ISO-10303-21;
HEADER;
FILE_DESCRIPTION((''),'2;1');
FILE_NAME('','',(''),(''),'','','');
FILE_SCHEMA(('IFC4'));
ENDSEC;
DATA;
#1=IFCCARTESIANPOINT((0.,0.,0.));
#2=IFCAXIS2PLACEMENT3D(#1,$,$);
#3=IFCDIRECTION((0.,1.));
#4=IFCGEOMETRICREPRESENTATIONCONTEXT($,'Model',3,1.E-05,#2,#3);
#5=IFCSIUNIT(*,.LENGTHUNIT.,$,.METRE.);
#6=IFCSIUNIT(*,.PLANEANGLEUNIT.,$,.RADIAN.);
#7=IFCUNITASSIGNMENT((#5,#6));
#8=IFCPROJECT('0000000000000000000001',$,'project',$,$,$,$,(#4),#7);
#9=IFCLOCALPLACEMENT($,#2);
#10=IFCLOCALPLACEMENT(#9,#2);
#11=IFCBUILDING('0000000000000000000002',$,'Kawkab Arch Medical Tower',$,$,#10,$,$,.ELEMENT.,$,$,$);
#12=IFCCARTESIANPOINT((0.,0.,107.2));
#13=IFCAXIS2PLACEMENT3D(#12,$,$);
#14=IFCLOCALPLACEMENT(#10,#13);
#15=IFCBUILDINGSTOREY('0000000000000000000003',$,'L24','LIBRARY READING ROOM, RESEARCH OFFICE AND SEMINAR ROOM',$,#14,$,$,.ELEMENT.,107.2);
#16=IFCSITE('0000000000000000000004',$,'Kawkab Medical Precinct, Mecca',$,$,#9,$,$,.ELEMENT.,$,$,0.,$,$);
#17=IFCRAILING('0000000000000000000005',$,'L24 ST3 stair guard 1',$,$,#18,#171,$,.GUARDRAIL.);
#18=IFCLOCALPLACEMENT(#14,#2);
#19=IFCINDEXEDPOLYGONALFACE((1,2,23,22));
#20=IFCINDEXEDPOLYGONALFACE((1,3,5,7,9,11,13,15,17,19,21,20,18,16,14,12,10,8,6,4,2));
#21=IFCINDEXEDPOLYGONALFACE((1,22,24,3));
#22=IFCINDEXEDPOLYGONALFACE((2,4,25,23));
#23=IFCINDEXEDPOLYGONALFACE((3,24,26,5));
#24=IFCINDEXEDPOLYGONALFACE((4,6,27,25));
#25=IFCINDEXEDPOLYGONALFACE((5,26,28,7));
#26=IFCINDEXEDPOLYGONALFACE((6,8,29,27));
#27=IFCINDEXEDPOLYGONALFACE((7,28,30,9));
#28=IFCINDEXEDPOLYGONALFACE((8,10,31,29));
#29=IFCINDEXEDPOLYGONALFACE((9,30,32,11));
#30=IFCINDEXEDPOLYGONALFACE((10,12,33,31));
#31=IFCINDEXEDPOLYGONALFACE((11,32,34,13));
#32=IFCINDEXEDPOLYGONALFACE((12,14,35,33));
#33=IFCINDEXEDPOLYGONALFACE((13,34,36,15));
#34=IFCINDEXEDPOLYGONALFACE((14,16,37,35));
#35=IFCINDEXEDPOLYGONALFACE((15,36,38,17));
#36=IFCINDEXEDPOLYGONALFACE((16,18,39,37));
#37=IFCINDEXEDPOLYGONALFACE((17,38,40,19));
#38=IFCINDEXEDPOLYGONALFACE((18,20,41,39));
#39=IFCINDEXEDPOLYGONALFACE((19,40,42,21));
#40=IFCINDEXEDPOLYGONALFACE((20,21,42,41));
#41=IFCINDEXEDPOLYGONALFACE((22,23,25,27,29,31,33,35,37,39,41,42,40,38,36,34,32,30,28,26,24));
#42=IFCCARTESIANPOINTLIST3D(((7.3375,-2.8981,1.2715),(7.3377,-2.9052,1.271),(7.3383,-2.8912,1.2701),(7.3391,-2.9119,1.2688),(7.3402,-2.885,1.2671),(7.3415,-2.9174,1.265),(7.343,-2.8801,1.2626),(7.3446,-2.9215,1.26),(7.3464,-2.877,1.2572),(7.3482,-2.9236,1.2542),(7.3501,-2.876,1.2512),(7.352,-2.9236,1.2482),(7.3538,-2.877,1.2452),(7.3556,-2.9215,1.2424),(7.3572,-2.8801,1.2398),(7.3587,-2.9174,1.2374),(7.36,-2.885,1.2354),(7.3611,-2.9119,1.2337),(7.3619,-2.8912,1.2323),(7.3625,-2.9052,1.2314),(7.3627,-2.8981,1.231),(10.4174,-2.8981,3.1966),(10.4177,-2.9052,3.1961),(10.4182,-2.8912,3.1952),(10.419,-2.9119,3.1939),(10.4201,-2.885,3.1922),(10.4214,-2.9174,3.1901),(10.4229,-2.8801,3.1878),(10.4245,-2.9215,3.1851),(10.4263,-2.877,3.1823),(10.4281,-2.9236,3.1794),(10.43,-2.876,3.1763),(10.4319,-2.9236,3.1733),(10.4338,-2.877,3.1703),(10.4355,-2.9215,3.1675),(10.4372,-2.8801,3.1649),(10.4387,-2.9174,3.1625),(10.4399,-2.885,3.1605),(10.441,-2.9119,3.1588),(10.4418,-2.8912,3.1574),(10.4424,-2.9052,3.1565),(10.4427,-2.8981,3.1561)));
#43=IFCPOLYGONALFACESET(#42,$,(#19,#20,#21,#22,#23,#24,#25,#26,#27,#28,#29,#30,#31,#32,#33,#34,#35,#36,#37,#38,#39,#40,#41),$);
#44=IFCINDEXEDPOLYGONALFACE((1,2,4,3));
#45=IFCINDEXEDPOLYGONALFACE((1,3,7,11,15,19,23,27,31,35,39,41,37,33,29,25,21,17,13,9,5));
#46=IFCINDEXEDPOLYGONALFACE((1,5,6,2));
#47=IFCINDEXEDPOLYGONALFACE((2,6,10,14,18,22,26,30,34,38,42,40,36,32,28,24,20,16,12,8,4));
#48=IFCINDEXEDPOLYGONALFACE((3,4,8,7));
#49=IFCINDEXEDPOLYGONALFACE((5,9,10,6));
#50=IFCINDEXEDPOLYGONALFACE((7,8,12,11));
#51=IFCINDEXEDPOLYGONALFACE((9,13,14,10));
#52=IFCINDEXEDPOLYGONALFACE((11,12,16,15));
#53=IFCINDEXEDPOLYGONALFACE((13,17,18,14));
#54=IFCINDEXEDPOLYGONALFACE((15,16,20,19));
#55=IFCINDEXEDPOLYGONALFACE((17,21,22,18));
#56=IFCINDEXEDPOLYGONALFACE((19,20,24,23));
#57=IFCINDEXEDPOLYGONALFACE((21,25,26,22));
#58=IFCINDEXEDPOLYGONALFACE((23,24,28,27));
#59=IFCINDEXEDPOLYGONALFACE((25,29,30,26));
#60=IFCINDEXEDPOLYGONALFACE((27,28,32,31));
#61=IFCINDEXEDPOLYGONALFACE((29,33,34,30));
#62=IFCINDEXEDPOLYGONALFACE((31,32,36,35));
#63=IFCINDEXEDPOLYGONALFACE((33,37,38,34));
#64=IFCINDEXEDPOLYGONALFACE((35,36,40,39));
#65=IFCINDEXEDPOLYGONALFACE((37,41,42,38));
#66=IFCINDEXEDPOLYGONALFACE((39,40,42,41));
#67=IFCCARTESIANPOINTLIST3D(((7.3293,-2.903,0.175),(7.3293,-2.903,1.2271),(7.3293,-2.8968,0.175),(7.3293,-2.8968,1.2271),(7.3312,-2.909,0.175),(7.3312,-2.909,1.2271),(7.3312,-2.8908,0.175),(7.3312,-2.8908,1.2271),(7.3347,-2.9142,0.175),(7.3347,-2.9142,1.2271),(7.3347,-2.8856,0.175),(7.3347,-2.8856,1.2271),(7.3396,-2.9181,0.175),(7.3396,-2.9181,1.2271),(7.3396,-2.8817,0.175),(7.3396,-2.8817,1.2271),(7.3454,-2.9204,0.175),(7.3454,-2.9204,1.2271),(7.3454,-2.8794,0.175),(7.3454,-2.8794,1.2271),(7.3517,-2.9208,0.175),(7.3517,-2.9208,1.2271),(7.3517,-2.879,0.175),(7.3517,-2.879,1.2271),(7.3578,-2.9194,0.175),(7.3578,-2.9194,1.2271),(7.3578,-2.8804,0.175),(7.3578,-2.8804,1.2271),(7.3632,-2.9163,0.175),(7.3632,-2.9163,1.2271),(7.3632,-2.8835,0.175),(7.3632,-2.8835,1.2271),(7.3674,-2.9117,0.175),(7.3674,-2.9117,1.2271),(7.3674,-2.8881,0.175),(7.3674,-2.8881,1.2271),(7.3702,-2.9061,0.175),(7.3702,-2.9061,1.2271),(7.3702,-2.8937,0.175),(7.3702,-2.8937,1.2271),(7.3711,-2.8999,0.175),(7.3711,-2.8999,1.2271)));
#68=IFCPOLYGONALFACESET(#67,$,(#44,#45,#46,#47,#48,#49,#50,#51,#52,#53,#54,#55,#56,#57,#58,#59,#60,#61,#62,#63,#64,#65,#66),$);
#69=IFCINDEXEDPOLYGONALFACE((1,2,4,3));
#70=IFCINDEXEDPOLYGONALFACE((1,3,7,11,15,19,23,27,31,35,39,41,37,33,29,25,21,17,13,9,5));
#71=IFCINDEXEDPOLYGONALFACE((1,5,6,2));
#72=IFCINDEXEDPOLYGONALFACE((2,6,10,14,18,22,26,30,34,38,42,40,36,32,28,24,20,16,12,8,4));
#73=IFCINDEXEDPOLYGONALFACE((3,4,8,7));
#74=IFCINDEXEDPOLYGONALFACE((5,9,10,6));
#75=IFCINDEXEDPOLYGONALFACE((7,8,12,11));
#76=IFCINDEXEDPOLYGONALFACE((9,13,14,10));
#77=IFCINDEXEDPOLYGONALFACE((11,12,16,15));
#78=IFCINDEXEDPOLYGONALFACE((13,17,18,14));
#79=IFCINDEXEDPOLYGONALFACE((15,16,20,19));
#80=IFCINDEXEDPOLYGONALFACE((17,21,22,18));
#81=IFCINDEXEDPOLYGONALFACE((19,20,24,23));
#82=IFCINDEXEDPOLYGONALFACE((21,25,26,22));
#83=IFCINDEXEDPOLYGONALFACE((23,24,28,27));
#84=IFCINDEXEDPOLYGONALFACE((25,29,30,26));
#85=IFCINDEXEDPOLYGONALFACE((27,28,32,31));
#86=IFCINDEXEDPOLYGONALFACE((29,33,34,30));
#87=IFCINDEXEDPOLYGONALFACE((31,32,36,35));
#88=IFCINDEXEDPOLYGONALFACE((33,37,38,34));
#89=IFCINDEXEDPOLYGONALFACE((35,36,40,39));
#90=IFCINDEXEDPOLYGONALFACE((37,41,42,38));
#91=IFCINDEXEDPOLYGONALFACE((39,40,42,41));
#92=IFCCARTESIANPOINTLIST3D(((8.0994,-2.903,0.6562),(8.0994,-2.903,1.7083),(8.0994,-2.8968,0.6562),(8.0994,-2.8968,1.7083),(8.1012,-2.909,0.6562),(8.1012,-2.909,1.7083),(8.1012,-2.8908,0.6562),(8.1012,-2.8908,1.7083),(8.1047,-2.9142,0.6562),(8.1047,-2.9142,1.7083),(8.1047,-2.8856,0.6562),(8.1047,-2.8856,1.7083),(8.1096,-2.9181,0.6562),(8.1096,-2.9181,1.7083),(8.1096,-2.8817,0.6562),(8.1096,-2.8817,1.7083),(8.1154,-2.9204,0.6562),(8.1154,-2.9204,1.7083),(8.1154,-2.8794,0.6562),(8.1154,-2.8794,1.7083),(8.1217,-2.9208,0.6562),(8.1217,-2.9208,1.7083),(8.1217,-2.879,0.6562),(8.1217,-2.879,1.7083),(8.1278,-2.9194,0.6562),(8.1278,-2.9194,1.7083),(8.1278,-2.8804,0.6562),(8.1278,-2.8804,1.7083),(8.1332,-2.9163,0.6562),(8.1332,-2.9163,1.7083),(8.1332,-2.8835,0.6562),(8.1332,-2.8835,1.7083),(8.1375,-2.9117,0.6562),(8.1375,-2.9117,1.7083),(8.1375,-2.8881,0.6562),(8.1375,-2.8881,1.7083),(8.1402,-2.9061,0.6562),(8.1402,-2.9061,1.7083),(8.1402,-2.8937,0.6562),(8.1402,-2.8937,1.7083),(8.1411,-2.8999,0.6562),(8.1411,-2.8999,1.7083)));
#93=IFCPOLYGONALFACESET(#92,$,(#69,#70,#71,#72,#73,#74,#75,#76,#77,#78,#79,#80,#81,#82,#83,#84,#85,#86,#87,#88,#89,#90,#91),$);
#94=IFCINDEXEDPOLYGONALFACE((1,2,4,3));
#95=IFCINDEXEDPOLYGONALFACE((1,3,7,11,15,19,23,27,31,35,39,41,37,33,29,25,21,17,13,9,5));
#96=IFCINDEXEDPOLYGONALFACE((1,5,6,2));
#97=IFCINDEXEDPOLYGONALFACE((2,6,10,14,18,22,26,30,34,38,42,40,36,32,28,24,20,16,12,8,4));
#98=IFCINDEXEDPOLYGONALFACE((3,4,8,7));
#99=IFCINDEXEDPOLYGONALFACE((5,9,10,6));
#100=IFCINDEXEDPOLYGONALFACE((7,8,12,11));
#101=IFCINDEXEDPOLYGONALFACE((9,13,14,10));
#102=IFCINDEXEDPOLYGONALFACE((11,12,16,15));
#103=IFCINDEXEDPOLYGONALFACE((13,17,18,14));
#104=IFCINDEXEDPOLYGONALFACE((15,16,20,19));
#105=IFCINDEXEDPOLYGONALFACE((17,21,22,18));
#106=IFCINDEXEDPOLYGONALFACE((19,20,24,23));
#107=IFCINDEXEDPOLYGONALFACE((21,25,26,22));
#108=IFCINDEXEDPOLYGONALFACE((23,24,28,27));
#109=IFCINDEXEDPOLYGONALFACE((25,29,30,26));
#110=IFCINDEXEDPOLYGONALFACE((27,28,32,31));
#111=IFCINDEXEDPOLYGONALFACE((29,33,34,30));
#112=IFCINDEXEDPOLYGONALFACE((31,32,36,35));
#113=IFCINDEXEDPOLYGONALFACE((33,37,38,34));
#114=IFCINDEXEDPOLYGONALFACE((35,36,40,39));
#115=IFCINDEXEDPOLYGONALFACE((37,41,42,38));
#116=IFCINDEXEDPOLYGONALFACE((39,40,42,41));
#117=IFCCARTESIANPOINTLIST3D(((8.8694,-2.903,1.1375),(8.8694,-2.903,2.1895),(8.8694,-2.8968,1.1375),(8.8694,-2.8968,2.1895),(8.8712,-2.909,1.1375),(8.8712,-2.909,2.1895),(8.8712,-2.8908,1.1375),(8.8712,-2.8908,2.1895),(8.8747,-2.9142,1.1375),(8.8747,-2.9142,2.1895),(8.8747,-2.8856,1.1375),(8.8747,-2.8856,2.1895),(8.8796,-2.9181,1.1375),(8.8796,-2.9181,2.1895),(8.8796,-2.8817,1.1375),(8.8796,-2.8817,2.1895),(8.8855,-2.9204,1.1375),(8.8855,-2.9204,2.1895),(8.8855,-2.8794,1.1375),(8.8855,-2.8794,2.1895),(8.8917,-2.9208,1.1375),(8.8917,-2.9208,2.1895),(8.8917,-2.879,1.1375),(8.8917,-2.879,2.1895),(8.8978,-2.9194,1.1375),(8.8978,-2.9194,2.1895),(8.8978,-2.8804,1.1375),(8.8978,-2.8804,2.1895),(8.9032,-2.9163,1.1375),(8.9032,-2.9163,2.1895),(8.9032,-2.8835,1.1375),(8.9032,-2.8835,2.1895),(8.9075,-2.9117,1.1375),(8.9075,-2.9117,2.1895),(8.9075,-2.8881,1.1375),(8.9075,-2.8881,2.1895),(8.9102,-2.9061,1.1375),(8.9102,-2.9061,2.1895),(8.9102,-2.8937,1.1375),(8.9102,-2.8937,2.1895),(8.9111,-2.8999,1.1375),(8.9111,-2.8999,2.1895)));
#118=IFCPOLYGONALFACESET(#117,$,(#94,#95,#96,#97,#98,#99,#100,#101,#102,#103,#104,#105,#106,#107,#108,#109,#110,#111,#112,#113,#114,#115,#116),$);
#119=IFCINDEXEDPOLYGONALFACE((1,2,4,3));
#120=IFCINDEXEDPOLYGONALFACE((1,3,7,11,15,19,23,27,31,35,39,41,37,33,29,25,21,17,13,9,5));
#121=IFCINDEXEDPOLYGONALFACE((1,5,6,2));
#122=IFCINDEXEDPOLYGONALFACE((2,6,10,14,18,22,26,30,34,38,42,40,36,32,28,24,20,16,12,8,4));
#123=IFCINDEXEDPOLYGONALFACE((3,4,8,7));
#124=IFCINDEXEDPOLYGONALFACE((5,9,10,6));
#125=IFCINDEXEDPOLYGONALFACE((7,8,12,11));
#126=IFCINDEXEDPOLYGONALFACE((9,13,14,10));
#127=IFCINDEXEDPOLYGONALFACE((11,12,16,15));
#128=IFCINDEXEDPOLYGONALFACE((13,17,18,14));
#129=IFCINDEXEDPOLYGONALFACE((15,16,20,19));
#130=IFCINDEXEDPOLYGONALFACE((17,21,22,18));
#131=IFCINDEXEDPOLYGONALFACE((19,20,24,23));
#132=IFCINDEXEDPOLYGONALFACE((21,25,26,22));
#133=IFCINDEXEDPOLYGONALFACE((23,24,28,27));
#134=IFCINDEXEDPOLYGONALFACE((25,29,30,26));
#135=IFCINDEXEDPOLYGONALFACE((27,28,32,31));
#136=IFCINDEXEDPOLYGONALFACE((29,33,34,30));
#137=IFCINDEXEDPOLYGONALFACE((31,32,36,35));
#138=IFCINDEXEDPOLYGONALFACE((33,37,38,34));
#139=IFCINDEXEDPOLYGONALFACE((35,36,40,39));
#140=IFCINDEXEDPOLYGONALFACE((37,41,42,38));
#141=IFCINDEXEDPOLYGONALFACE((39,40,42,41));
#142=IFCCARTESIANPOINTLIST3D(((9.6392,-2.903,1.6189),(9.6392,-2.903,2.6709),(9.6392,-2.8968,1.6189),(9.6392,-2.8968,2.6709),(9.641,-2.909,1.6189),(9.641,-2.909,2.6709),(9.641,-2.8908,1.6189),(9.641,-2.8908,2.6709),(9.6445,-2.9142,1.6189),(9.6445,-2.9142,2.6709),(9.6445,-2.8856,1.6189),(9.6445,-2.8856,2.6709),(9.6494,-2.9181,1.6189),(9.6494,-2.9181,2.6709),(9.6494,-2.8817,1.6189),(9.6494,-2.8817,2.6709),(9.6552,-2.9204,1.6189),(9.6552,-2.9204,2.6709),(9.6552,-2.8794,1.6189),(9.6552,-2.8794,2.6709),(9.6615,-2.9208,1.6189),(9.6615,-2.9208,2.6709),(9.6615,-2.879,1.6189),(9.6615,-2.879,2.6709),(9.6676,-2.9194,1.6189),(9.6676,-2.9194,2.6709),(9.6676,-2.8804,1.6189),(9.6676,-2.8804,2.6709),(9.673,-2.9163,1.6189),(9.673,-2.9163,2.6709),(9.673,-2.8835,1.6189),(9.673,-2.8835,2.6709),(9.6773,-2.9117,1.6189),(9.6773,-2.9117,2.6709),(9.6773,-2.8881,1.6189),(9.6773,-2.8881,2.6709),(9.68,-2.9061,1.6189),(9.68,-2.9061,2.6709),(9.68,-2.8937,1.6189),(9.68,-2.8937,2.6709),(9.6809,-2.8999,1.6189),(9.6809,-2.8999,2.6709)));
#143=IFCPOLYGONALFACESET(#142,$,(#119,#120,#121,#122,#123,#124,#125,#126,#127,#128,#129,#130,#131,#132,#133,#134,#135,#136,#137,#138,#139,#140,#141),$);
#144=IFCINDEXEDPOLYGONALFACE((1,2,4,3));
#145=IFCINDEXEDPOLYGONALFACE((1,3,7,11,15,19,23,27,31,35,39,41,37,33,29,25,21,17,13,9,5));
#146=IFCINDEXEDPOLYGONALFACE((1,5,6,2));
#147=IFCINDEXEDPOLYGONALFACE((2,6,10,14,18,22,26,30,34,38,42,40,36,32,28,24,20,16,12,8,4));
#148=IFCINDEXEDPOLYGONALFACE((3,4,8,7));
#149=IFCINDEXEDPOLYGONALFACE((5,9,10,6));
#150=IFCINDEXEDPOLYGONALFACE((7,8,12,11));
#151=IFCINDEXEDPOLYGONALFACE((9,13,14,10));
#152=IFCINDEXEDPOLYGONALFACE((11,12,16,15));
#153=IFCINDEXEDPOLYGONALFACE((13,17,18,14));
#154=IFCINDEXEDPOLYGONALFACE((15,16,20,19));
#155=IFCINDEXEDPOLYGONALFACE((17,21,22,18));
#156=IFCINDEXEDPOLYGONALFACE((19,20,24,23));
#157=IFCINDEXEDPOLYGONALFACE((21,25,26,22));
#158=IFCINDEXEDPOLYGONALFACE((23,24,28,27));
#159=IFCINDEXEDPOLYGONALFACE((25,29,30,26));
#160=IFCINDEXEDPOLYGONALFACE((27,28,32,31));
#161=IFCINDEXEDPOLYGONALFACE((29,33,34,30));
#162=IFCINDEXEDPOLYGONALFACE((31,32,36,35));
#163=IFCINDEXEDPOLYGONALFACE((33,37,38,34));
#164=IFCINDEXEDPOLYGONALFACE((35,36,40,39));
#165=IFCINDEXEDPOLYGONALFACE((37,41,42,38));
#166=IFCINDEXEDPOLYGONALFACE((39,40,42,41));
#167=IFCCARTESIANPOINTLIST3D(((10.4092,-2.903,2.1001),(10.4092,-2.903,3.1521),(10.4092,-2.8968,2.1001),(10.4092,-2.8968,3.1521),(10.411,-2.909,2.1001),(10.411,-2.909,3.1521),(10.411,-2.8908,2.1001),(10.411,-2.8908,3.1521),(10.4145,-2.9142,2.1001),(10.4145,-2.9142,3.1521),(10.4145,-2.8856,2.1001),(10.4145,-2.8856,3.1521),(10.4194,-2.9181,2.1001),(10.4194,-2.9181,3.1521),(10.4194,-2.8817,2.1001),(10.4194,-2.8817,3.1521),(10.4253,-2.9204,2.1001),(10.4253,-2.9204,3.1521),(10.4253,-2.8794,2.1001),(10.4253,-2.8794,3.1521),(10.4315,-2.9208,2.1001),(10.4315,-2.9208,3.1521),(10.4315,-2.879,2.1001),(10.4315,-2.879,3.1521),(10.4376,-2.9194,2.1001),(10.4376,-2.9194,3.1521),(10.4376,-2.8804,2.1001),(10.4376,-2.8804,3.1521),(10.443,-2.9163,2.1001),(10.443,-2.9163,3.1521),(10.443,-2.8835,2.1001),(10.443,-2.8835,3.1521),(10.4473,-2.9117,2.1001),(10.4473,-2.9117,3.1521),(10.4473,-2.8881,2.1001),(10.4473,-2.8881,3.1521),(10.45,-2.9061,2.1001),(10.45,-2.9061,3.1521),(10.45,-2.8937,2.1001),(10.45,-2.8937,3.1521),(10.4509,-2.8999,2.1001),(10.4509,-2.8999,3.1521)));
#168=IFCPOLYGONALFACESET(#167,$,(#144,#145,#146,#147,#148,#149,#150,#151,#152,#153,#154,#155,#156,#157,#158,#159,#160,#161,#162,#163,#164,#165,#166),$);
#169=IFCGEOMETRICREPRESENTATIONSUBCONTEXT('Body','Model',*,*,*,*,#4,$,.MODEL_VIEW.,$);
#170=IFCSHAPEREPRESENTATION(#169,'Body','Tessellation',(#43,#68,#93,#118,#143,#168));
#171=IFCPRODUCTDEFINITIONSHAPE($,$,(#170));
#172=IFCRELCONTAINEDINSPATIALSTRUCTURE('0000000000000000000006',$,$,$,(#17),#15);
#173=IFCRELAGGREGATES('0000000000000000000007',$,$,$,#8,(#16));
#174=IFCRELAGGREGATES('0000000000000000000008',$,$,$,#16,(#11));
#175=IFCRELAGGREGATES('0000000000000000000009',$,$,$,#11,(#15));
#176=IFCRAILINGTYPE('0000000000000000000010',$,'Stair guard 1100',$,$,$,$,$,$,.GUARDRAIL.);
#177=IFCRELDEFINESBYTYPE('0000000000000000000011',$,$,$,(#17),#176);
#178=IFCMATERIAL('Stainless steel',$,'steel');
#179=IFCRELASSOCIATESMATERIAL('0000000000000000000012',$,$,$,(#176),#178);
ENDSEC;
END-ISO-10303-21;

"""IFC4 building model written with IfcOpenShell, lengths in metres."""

from ifc_helpers import new_model, si_unit, direction, frame, origin, origin_2d, place, context, subcontext, project, spatial, circle, extrude, material, type_object, element, save


model = new_model("IFC4")

# Units and contexts
model_context = context("Model", 3, precision=1e-05, world=origin(), true_north=direction((0.0, 1.0)))
body_context = subcontext(model_context, "Body", "Model", "MODEL_VIEW")
ifc_project = project(units=[si_unit("LENGTHUNIT", "METRE"), si_unit("PLANEANGLEUNIT", "RADIAN")], contexts=[model_context])

# Site, building, storey
site_placement = place(None, origin())
site = spatial("IfcSite", under=ifc_project, at=site_placement, Name="Kawkab Medical Precinct, Mecca", CompositionType="ELEMENT", RefElevation=0.0)
building_placement = place(site_placement, origin())
building = spatial("IfcBuilding", under=site, at=building_placement, Name="Kawkab Arch Medical Tower", CompositionType="ELEMENT")
storey_placement = place(building_placement, frame((0.0, 0.0, 107.2)))
storey = spatial("IfcBuildingStorey", under=building, at=storey_placement, Name="L24", Description="LIBRARY READING ROOM, RESEARCH OFFICE AND SEMINAR ROOM", CompositionType="ELEMENT", Elevation=107.2)

# Railing
ifc_material_1 = material(Name="Stainless steel", Category="steel")
railing_type_1 = type_object("IfcRailingType", Name="Stair guard 1100", PredefinedType="GUARDRAIL", material=ifc_material_1)
railing_1_placement = place(storey_placement, frame((7.3501, -2.8999, 0.175)))
element("IfcRailing", 1, at=railing_1_placement, inside=storey, type_object=railing_type_1, Name="L24 ST3 stair guard 1", PredefinedType="GUARDRAIL", context=body_context, shape_type="SweptSolid", body=[
    extrude(circle(Radius=0.0239, at=origin_2d()), frame((0.0, 0.0, 1.0762), z_axis=(0.847979, 0.0, 0.530029), x_axis=(0.0, 1.0, 0.0)), (0.0, 0.0, 1.0), 3.6321),
    extrude(circle(Radius=0.021, at=origin_2d()), origin(), (0.0, 0.0, 1.0), 1.052),
    extrude(circle(Radius=0.021, at=origin_2d()), frame((0.77, 0.0, 0.4812)), (0.0, 0.0, 1.0), 1.052),
    extrude(circle(Radius=0.021, at=origin_2d()), frame((1.54, 0.0, 0.9624)), (0.0, 0.0, 1.0), 1.052),
    extrude(circle(Radius=0.021, at=origin_2d()), frame((2.3098, 0.0, 1.4438)), (0.0, 0.0, 1.0), 1.052),
    extrude(circle(Radius=0.021, at=origin_2d()), frame((3.0798, 0.0, 1.925)), (0.0, 0.0, 1.0), 1.052),
])

save(model, "model.ifc")
